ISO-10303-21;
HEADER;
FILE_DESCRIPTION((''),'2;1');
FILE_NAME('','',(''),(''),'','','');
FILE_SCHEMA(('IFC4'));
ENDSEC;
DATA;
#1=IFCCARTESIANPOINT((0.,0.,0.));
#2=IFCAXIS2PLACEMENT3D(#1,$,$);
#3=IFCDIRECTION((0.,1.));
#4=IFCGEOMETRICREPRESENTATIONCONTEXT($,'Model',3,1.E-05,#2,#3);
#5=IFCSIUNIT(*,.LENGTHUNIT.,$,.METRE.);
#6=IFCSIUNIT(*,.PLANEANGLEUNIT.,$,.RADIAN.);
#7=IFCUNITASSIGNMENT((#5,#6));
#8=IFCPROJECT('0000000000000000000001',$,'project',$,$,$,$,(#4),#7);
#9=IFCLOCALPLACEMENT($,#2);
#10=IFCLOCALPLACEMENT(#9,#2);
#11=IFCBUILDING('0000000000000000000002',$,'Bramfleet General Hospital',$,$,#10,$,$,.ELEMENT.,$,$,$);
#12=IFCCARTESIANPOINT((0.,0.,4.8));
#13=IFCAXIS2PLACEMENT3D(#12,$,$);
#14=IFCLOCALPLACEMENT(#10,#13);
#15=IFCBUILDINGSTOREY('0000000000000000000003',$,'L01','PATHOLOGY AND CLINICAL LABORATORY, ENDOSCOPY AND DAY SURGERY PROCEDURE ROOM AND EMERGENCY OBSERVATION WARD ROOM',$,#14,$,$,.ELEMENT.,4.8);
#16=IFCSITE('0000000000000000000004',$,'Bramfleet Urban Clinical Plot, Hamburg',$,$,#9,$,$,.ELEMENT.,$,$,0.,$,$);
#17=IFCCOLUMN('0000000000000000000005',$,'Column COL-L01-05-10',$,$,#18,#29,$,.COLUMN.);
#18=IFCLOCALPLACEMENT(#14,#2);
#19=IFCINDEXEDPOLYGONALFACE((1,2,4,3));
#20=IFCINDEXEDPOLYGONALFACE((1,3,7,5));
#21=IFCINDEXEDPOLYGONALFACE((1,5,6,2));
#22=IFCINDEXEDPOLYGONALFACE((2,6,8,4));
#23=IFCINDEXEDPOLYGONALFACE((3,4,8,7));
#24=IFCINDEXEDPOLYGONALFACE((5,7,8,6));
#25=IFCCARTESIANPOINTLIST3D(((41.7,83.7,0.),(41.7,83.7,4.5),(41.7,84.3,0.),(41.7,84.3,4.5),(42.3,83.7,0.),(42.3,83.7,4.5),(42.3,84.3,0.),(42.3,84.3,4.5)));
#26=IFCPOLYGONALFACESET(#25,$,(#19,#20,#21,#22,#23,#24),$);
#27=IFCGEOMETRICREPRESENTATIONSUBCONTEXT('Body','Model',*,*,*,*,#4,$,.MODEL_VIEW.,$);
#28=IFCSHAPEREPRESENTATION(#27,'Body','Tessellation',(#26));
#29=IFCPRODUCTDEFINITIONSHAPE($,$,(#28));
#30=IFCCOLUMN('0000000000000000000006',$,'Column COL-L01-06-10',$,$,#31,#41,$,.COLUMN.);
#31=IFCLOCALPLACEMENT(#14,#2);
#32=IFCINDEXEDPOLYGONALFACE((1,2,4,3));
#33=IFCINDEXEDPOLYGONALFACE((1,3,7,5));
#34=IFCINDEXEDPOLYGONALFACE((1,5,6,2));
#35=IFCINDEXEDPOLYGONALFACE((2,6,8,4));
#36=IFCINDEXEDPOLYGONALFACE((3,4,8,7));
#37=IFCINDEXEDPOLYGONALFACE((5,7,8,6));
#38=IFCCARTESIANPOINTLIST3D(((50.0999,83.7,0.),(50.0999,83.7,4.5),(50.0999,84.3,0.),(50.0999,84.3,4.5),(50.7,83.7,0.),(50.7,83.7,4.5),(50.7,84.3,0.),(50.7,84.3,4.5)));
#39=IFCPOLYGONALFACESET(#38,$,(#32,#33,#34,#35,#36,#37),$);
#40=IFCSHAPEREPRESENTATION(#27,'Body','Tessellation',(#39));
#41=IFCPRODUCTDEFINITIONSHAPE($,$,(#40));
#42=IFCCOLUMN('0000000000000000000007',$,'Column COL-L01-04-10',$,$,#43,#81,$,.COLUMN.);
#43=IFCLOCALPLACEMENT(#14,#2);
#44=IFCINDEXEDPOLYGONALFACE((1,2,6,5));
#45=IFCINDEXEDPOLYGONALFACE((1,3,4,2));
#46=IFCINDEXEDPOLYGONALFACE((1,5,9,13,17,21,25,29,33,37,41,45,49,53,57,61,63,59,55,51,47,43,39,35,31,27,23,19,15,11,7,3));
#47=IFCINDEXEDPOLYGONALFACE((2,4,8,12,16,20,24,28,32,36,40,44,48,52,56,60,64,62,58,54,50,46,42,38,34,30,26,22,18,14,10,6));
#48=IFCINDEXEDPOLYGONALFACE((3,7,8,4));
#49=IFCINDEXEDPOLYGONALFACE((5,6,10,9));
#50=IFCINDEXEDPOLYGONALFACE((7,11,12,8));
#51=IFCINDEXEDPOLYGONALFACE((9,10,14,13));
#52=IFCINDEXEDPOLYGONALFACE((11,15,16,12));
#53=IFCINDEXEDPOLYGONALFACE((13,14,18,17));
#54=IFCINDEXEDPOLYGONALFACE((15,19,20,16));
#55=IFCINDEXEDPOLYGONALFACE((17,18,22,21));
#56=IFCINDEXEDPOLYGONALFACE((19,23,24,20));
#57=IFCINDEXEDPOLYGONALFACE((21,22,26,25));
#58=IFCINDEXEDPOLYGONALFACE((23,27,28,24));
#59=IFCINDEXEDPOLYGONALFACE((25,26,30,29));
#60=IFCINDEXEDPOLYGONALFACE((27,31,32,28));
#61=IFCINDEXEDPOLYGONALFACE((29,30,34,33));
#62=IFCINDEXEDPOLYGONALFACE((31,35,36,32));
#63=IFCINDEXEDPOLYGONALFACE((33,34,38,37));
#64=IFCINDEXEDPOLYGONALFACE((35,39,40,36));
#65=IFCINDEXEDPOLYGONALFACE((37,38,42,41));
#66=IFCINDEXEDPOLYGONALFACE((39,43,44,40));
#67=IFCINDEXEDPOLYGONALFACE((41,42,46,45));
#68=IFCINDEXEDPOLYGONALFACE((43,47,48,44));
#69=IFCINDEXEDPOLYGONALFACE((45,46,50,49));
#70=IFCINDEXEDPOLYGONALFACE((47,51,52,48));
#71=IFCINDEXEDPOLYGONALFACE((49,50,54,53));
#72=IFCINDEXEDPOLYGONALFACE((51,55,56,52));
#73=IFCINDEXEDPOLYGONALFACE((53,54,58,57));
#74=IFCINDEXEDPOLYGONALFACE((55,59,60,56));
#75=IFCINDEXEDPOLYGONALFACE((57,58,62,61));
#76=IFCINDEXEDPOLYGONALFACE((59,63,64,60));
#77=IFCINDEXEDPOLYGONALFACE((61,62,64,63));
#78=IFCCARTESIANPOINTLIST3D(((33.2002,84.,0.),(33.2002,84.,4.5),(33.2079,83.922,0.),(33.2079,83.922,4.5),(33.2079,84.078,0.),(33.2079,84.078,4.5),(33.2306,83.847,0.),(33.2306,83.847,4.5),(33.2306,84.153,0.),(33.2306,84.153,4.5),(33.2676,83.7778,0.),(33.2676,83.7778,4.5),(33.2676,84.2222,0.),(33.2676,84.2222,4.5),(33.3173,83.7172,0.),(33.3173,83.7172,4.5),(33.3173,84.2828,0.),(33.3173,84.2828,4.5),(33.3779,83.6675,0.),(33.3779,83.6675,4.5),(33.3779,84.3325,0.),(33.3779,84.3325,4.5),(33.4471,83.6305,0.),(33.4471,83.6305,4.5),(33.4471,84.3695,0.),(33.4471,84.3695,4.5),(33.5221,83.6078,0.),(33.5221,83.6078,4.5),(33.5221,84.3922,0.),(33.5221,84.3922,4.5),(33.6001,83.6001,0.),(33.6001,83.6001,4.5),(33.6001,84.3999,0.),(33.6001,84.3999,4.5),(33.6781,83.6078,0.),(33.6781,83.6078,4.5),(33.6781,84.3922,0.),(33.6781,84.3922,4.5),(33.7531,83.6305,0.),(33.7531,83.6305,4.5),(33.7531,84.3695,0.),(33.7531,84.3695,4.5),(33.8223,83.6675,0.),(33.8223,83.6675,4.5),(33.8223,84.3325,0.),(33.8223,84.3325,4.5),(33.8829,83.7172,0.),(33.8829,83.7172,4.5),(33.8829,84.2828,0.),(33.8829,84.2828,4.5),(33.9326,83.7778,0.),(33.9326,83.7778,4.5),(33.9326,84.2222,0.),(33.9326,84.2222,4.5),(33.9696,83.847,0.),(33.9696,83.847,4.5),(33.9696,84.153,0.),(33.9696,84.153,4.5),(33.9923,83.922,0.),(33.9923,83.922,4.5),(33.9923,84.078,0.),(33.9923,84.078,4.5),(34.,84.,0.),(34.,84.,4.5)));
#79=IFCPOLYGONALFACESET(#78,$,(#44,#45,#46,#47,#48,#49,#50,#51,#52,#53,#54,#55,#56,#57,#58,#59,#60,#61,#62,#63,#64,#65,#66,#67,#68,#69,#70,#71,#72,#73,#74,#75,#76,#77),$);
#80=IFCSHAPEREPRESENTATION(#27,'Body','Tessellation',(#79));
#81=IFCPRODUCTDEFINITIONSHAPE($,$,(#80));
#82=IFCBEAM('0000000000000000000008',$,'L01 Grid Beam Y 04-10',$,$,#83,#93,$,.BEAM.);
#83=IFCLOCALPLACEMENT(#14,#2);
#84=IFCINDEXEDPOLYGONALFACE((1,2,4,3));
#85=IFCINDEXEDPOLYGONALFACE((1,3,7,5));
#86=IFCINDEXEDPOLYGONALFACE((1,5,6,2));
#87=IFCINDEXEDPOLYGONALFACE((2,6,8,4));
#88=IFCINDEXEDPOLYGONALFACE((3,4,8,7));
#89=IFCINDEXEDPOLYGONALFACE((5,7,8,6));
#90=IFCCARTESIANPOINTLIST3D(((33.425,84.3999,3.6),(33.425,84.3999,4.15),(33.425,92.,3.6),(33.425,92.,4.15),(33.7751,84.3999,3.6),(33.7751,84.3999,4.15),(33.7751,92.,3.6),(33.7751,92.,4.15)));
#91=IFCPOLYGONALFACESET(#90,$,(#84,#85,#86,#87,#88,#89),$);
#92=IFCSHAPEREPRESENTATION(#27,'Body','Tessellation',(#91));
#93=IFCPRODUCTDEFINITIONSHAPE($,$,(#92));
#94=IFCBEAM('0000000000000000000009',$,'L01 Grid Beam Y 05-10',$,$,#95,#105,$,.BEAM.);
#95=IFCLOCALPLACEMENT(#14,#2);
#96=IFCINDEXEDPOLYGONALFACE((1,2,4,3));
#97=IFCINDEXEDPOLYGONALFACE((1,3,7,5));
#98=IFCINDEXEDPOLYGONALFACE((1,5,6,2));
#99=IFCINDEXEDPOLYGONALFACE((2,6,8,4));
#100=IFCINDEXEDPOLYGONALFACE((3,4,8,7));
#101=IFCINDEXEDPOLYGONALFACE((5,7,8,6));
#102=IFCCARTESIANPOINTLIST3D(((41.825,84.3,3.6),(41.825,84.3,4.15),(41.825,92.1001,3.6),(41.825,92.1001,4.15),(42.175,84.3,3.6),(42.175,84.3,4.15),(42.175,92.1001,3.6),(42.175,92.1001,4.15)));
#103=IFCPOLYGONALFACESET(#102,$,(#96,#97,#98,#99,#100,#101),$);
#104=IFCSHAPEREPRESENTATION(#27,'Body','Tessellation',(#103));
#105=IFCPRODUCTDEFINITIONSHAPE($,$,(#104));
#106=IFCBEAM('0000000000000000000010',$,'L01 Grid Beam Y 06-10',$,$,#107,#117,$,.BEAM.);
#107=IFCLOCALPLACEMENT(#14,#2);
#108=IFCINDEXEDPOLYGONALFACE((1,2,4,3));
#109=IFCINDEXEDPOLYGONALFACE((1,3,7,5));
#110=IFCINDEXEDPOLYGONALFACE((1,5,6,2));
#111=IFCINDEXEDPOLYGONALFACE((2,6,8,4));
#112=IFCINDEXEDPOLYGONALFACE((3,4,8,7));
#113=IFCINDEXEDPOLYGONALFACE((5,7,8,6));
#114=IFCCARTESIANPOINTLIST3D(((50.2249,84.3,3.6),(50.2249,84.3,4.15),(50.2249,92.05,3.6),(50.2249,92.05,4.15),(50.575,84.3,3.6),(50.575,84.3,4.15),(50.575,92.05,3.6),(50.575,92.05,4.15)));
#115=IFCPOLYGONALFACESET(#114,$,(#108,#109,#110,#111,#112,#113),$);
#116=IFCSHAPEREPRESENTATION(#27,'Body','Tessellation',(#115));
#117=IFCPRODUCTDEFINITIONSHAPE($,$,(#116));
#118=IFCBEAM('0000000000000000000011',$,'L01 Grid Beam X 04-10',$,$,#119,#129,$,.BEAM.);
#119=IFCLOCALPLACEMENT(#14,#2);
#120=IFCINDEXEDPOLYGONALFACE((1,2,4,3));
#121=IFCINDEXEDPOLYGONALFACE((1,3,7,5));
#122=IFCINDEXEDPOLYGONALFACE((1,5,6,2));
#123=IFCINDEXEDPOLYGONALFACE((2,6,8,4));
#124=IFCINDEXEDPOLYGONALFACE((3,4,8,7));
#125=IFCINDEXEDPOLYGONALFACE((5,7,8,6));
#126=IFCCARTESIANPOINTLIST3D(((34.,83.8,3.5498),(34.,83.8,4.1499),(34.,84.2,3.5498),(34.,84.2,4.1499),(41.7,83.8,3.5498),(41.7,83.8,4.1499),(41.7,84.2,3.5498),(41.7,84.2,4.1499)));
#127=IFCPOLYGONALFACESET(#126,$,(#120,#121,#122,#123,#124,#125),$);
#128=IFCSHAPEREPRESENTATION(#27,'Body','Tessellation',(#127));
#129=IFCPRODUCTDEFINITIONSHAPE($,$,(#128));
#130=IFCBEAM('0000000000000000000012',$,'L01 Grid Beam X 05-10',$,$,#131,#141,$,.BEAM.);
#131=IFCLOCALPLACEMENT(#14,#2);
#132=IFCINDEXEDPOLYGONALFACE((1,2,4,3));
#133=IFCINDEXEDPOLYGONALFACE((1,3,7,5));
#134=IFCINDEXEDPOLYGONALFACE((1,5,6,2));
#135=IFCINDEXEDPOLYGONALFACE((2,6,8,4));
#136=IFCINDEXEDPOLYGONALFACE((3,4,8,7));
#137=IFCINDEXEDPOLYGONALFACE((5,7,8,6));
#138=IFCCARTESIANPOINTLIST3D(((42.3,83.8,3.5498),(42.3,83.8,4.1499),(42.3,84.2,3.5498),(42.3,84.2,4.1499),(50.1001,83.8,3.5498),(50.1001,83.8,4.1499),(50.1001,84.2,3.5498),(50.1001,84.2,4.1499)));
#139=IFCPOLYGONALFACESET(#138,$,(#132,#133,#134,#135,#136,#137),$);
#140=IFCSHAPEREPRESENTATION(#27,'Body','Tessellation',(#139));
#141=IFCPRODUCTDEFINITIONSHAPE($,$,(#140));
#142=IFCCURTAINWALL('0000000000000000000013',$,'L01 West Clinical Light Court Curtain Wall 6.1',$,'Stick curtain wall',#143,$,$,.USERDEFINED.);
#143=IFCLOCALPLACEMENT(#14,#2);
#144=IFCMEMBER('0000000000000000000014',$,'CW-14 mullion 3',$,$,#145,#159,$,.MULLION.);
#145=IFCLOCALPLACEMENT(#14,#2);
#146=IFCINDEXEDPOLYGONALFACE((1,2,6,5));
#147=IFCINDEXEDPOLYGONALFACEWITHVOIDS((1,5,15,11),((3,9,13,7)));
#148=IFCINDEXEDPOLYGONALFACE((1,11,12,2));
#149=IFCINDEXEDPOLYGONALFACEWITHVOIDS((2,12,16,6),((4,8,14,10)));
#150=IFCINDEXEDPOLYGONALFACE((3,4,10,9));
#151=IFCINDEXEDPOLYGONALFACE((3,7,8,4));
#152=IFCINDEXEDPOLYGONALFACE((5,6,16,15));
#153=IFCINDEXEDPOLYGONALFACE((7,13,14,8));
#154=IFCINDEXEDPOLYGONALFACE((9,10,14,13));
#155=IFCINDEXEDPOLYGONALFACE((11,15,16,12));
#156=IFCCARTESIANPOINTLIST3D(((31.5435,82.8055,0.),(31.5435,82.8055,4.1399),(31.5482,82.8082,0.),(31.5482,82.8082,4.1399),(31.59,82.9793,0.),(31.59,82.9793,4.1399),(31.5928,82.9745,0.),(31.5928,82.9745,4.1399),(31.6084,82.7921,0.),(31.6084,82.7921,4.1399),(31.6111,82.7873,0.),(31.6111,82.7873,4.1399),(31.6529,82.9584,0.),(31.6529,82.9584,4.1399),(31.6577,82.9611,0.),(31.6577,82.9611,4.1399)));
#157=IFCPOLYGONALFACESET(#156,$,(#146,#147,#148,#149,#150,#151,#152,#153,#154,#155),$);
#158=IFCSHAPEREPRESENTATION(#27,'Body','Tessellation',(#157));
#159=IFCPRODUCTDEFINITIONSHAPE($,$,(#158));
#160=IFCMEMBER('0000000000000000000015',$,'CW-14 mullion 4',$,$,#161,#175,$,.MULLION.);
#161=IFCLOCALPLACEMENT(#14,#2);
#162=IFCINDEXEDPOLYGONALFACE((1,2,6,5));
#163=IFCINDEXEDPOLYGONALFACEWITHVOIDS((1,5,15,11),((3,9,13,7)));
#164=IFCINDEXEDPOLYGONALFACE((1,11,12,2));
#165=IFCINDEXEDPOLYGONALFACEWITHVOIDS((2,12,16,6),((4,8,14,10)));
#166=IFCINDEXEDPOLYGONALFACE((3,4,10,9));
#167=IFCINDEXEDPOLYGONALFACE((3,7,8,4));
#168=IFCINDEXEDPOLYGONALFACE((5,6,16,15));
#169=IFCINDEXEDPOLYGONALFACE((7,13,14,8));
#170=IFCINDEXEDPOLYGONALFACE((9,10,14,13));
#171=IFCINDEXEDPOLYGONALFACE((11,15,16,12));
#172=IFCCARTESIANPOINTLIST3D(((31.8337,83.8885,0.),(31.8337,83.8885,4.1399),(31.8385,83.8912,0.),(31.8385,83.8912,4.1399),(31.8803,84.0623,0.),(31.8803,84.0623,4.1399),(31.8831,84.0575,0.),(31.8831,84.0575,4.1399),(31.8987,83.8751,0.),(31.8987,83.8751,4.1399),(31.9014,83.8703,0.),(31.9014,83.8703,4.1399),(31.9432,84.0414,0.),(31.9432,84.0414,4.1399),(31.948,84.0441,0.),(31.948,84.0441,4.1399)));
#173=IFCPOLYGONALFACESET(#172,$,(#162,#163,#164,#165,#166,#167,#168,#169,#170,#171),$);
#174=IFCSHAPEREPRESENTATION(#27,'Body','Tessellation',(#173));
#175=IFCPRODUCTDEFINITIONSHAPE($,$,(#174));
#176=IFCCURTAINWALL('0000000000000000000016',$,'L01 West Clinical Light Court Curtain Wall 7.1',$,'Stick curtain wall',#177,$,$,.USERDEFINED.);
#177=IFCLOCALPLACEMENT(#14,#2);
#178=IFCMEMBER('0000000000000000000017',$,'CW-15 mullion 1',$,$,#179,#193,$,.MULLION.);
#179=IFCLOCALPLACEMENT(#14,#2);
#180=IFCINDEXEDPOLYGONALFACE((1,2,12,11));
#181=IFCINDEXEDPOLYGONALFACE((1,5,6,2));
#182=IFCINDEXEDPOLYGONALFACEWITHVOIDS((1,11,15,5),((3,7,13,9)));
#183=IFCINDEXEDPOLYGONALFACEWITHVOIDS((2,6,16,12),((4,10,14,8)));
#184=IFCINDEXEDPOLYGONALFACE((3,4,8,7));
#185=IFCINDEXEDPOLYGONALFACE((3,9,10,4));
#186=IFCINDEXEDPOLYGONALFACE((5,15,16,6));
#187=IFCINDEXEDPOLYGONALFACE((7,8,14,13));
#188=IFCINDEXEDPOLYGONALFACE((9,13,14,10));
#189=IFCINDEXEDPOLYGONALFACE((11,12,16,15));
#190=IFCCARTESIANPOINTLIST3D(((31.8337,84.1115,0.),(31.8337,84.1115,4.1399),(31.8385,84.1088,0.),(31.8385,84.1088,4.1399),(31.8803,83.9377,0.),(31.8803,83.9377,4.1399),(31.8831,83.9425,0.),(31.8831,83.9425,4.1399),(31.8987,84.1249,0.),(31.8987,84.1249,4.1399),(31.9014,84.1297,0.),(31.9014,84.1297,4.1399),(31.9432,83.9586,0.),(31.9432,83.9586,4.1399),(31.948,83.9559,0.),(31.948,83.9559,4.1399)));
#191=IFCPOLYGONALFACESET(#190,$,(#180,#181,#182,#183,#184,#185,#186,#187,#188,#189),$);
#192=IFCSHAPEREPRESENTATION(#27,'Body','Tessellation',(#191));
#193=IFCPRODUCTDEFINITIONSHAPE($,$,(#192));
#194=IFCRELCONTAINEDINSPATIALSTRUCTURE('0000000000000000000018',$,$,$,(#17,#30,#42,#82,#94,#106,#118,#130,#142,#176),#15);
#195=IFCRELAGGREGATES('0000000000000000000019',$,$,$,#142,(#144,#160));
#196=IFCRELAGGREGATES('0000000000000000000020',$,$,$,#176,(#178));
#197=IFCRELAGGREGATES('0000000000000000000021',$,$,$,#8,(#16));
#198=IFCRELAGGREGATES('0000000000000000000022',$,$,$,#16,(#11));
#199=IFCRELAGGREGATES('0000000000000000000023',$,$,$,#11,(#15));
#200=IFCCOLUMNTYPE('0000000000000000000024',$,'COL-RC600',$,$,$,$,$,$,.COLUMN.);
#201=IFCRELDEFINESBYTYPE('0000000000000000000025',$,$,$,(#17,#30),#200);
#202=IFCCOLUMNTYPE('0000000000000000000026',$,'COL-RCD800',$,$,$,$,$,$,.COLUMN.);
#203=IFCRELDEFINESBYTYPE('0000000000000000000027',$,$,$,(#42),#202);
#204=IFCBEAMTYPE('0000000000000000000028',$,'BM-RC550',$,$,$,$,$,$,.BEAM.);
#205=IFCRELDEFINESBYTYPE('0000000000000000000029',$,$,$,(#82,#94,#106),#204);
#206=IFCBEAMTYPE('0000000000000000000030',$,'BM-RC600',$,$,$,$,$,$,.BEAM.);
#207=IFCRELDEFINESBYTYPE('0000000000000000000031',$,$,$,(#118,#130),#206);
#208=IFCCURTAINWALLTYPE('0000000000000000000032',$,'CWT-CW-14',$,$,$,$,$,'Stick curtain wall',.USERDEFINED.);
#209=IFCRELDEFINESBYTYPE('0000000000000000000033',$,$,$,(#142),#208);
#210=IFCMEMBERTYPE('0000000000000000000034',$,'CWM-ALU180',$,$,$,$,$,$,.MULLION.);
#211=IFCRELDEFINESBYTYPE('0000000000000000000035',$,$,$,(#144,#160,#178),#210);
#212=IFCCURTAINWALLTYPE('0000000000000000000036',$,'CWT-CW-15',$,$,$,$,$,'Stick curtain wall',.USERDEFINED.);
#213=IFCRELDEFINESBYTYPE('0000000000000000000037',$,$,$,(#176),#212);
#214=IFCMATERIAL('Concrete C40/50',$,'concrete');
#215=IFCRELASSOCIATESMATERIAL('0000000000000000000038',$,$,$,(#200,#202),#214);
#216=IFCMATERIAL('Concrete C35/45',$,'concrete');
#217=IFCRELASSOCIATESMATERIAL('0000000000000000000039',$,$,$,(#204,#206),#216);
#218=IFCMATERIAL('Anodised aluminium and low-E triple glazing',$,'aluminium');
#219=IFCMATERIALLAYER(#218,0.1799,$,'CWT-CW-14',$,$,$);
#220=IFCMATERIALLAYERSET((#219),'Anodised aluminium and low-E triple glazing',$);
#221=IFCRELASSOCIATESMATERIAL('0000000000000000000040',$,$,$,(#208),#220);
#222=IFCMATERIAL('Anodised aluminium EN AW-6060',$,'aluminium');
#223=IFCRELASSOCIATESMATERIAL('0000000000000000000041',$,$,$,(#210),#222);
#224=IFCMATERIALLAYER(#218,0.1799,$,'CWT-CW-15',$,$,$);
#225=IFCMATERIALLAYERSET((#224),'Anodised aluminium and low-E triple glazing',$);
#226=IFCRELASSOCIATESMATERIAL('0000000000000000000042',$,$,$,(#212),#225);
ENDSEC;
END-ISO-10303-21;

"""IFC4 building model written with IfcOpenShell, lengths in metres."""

from ifc_helpers import new_model, si_unit, direction, frame, origin, origin_2d, place, context, subcontext, project, spatial, rectangle, hollow_rectangle, circle, extrude, material, layer, layer_set, material_profile, profile_set, type_object, element, aggregate, save


model = new_model("IFC4")

# Units and contexts
model_context = context("Model", 3, precision=1e-05, world=origin(), true_north=direction((0.0, 1.0)))
body_context = subcontext(model_context, "Body", "Model", "MODEL_VIEW")
ifc_project = project(units=[si_unit("LENGTHUNIT", "METRE"), si_unit("PLANEANGLEUNIT", "RADIAN")], contexts=[model_context])

# Site, building, storey
site_placement = place(None, origin())
site = spatial("IfcSite", under=ifc_project, at=site_placement, Name="Bramfleet Urban Clinical Plot, Hamburg", CompositionType="ELEMENT", RefElevation=0.0)
building_placement = place(site_placement, origin())
building = spatial("IfcBuilding", under=site, at=building_placement, Name="Bramfleet General Hospital", CompositionType="ELEMENT")
storey_placement = place(building_placement, frame((0.0, 0.0, 4.8)))
storey = spatial("IfcBuildingStorey", under=building, at=storey_placement, Name="L01", Description="PATHOLOGY AND CLINICAL LABORATORY, ENDOSCOPY AND DAY SURGERY PROCEDURE ROOM AND EMERGENCY OBSERVATION WARD ROOM", CompositionType="ELEMENT", Elevation=4.8)

# Columns
ifc_material_1 = material(Name="Concrete C40/50", Category="concrete")
ifc_material_profile_1 = material_profile(ifc_material_1, rectangle(XDim=0.6001, YDim=0.6001, at=origin_2d()), Name="RC COL 600x600")
ifc_profile_set_1 = profile_set([ifc_material_profile_1], Name="Concrete C40/50")
column_type_1 = type_object("IfcColumnType", Name="COL-RC600", PredefinedType="COLUMN", material=ifc_profile_set_1)
for number, where, z_axis, x_axis, name in (
    (1, (42.0, 84.0, 0.0), (0.0, 0.0, 1.0), (1.0, 0.0, 0.0), "Column COL-L01-05-10"),
    (2, (50.3999, 84.0, 0.0), (0.0, 0.0, 1.0), (1.0, 0.0, 0.0), "Column COL-L01-06-10"),
):
    element("IfcColumn", number, at=place(storey_placement, frame(where, z_axis=z_axis, x_axis=x_axis)), inside=storey, type_object=column_type_1, Name=name, PredefinedType="COLUMN", context=body_context, shape_type="SweptSolid", body=[
        extrude(rectangle(XDim=0.6001, YDim=0.6001, at=origin_2d()), origin(), (0.0, 0.0, 1.0), 4.5),
    ])
ifc_material_profile_2 = material_profile(ifc_material_1, circle(Radius=0.3999, at=origin_2d()), Name="RC ROUND D800")
ifc_profile_set_2 = profile_set([ifc_material_profile_2], Name="Concrete C40/50")
column_type_2 = type_object("IfcColumnType", Name="COL-RCD800", PredefinedType="COLUMN", material=ifc_profile_set_2)
column_placement = place(storey_placement, frame((33.6001, 84.0, 0.0), z_axis=(0.0, 0.0, 1.0), x_axis=(1.0, 0.0, 0.0)))
element("IfcColumn", 3, at=column_placement, inside=storey, type_object=column_type_2, Name="Column COL-L01-04-10", PredefinedType="COLUMN", context=body_context, shape_type="SweptSolid", body=[
    extrude(circle(Radius=0.3999, at=origin_2d()), origin(), (0.0, 0.0, 1.0), 4.5),
])

# Beams
ifc_material_2 = material(Name="Concrete C35/45", Category="concrete")
ifc_material_profile_3 = material_profile(ifc_material_2, rectangle(XDim=0.3501, YDim=0.55, at=origin_2d()), Name="RC BM 550x350")
ifc_profile_set_3 = profile_set([ifc_material_profile_3], Name="Concrete C35/45")
beam_type_1 = type_object("IfcBeamType", Name="BM-RC550", PredefinedType="BEAM", material=ifc_profile_set_3)
beam_1_placement = place(storey_placement, frame((33.6001, 84.3999, 3.875), z_axis=(0.0, 1.0, 0.0), x_axis=(-1.0, 0.0, 0.0)))
element("IfcBeam", 4, at=beam_1_placement, inside=storey, type_object=beam_type_1, Name="L01 Grid Beam Y 04-10", PredefinedType="BEAM", context=body_context, shape_type="SweptSolid", body=[
    extrude(rectangle(XDim=0.3501, YDim=0.55, at=origin_2d()), origin(), (0.0, 0.0, 1.0), 7.6001),
])
beam_2_placement = place(storey_placement, frame((42.0, 84.3, 3.875), z_axis=(0.0, 1.0, 0.0), x_axis=(-1.0, 0.0, 0.0)))
element("IfcBeam", 5, at=beam_2_placement, inside=storey, type_object=beam_type_1, Name="L01 Grid Beam Y 05-10", PredefinedType="BEAM", context=body_context, shape_type="SweptSolid", body=[
    extrude(rectangle(XDim=0.3501, YDim=0.55, at=origin_2d()), origin(), (0.0, 0.0, 1.0), 7.8),
])
beam_3_placement = place(storey_placement, frame((50.3999, 84.3, 3.875), z_axis=(0.0, 1.0, 0.0), x_axis=(-1.0, 0.0, 0.0)))
element("IfcBeam", 6, at=beam_3_placement, inside=storey, type_object=beam_type_1, Name="L01 Grid Beam Y 06-10", PredefinedType="BEAM", context=body_context, shape_type="SweptSolid", body=[
    extrude(rectangle(XDim=0.3501, YDim=0.55, at=origin_2d()), origin(), (0.0, 0.0, 1.0), 7.75),
])
ifc_material_profile_4 = material_profile(ifc_material_2, rectangle(XDim=0.3999, YDim=0.6001, at=origin_2d()), Name="RC BM 600x400")
ifc_profile_set_4 = profile_set([ifc_material_profile_4], Name="Concrete C35/45")
beam_type_2 = type_object("IfcBeamType", Name="BM-RC600", PredefinedType="BEAM", material=ifc_profile_set_4)
beam_4_placement = place(storey_placement, frame((34.0, 84.0, 3.8499), z_axis=(1.0, 0.0, 0.0), x_axis=(0.0, 1.0, 0.0)))
element("IfcBeam", 7, at=beam_4_placement, inside=storey, type_object=beam_type_2, Name="L01 Grid Beam X 04-10", PredefinedType="BEAM", context=body_context, shape_type="SweptSolid", body=[
    extrude(rectangle(XDim=0.3999, YDim=0.6001, at=origin_2d()), origin(), (0.0, 0.0, 1.0), 7.7),
])
beam_5_placement = place(storey_placement, frame((42.3, 84.0, 3.8499), z_axis=(1.0, 0.0, 0.0), x_axis=(0.0, 1.0, 0.0)))
element("IfcBeam", 8, at=beam_5_placement, inside=storey, type_object=beam_type_2, Name="L01 Grid Beam X 05-10", PredefinedType="BEAM", context=body_context, shape_type="SweptSolid", body=[
    extrude(rectangle(XDim=0.3999, YDim=0.6001, at=origin_2d()), origin(), (0.0, 0.0, 1.0), 7.8),
])

# Curtain walls, members
ifc_material_3 = material(Name="Anodised aluminium and low-E triple glazing", Category="aluminium")
ifc_layer_1 = layer(ifc_material_3, 0.1799, Name="CWT-CW-14")
ifc_layer_set_1 = layer_set([ifc_layer_1], Name="Anodised aluminium and low-E triple glazing")
curtain_wall_type_1 = type_object("IfcCurtainWallType", Name="CWT-CW-14", ElementType="Stick curtain wall", PredefinedType="USERDEFINED", material=ifc_layer_set_1)
curtain_wall_1_placement = place(storey_placement, origin())
curtain_wall_1 = element("IfcCurtainWall", 9, at=curtain_wall_1_placement, inside=storey, type_object=curtain_wall_type_1, Name="L01 West Clinical Light Court Curtain Wall 6.1", ObjectType="Stick curtain wall", PredefinedType="USERDEFINED")
ifc_material_4 = material(Name="Anodised aluminium EN AW-6060", Category="aluminium")
ifc_material_profile_5 = material_profile(ifc_material_4, hollow_rectangle(XDim=0.0701, YDim=0.1799, WallThickness=0.0039, at=origin_2d()), Name="ALU 180x70x4.0")
ifc_profile_set_5 = profile_set([ifc_material_profile_5], Name="Anodised aluminium EN AW-6060")
member_type_1 = type_object("IfcMemberType", Name="CWM-ALU180", PredefinedType="MULLION", material=ifc_profile_set_5)
member_1_placement = place(storey_placement, frame((31.6006, 82.8833, 0.0), z_axis=(0.0, 0.0, 1.0), x_axis=(-0.965899, 0.258919, 0.0)))
member_1 = element("IfcMember", 10, at=member_1_placement, type_object=member_type_1, Name="CW-14 mullion 3", PredefinedType="MULLION", context=body_context, shape_type="SweptSolid", body=[
    extrude(hollow_rectangle(XDim=0.0701, YDim=0.1799, WallThickness=0.0039, at=origin_2d()), origin(), (0.0, 0.0, 1.0), 4.1399),
])
member_2_placement = place(storey_placement, frame((31.8909, 83.9663, 0.0), z_axis=(0.0, 0.0, 1.0), x_axis=(-0.965899, 0.258919, 0.0)))
member_2 = element("IfcMember", 11, at=member_2_placement, type_object=member_type_1, Name="CW-14 mullion 4", PredefinedType="MULLION", context=body_context, shape_type="SweptSolid", body=[
    extrude(hollow_rectangle(XDim=0.0701, YDim=0.1799, WallThickness=0.0039, at=origin_2d()), origin(), (0.0, 0.0, 1.0), 4.1399),
])
ifc_layer_2 = layer(ifc_material_3, 0.1799, Name="CWT-CW-15")
ifc_layer_set_2 = layer_set([ifc_layer_2], Name="Anodised aluminium and low-E triple glazing")
curtain_wall_type_2 = type_object("IfcCurtainWallType", Name="CWT-CW-15", ElementType="Stick curtain wall", PredefinedType="USERDEFINED", material=ifc_layer_set_2)
curtain_wall_2_placement = place(storey_placement, origin())
curtain_wall_2 = element("IfcCurtainWall", 12, at=curtain_wall_2_placement, inside=storey, type_object=curtain_wall_type_2, Name="L01 West Clinical Light Court Curtain Wall 7.1", ObjectType="Stick curtain wall", PredefinedType="USERDEFINED")
member_3_placement = place(storey_placement, frame((31.8909, 84.0337, 0.0), z_axis=(0.0, 0.0, 1.0), x_axis=(-0.965899, -0.258919, 0.0)))
member_3 = element("IfcMember", 13, at=member_3_placement, type_object=member_type_1, Name="CW-15 mullion 1", PredefinedType="MULLION", context=body_context, shape_type="SweptSolid", body=[
    extrude(hollow_rectangle(XDim=0.0701, YDim=0.1799, WallThickness=0.0039, at=origin_2d()), origin(), (0.0, 0.0, 1.0), 4.1399),
])

aggregate(curtain_wall_1, [member_1, member_2])
aggregate(curtain_wall_2, [member_3])

save(model, "model.ifc")
